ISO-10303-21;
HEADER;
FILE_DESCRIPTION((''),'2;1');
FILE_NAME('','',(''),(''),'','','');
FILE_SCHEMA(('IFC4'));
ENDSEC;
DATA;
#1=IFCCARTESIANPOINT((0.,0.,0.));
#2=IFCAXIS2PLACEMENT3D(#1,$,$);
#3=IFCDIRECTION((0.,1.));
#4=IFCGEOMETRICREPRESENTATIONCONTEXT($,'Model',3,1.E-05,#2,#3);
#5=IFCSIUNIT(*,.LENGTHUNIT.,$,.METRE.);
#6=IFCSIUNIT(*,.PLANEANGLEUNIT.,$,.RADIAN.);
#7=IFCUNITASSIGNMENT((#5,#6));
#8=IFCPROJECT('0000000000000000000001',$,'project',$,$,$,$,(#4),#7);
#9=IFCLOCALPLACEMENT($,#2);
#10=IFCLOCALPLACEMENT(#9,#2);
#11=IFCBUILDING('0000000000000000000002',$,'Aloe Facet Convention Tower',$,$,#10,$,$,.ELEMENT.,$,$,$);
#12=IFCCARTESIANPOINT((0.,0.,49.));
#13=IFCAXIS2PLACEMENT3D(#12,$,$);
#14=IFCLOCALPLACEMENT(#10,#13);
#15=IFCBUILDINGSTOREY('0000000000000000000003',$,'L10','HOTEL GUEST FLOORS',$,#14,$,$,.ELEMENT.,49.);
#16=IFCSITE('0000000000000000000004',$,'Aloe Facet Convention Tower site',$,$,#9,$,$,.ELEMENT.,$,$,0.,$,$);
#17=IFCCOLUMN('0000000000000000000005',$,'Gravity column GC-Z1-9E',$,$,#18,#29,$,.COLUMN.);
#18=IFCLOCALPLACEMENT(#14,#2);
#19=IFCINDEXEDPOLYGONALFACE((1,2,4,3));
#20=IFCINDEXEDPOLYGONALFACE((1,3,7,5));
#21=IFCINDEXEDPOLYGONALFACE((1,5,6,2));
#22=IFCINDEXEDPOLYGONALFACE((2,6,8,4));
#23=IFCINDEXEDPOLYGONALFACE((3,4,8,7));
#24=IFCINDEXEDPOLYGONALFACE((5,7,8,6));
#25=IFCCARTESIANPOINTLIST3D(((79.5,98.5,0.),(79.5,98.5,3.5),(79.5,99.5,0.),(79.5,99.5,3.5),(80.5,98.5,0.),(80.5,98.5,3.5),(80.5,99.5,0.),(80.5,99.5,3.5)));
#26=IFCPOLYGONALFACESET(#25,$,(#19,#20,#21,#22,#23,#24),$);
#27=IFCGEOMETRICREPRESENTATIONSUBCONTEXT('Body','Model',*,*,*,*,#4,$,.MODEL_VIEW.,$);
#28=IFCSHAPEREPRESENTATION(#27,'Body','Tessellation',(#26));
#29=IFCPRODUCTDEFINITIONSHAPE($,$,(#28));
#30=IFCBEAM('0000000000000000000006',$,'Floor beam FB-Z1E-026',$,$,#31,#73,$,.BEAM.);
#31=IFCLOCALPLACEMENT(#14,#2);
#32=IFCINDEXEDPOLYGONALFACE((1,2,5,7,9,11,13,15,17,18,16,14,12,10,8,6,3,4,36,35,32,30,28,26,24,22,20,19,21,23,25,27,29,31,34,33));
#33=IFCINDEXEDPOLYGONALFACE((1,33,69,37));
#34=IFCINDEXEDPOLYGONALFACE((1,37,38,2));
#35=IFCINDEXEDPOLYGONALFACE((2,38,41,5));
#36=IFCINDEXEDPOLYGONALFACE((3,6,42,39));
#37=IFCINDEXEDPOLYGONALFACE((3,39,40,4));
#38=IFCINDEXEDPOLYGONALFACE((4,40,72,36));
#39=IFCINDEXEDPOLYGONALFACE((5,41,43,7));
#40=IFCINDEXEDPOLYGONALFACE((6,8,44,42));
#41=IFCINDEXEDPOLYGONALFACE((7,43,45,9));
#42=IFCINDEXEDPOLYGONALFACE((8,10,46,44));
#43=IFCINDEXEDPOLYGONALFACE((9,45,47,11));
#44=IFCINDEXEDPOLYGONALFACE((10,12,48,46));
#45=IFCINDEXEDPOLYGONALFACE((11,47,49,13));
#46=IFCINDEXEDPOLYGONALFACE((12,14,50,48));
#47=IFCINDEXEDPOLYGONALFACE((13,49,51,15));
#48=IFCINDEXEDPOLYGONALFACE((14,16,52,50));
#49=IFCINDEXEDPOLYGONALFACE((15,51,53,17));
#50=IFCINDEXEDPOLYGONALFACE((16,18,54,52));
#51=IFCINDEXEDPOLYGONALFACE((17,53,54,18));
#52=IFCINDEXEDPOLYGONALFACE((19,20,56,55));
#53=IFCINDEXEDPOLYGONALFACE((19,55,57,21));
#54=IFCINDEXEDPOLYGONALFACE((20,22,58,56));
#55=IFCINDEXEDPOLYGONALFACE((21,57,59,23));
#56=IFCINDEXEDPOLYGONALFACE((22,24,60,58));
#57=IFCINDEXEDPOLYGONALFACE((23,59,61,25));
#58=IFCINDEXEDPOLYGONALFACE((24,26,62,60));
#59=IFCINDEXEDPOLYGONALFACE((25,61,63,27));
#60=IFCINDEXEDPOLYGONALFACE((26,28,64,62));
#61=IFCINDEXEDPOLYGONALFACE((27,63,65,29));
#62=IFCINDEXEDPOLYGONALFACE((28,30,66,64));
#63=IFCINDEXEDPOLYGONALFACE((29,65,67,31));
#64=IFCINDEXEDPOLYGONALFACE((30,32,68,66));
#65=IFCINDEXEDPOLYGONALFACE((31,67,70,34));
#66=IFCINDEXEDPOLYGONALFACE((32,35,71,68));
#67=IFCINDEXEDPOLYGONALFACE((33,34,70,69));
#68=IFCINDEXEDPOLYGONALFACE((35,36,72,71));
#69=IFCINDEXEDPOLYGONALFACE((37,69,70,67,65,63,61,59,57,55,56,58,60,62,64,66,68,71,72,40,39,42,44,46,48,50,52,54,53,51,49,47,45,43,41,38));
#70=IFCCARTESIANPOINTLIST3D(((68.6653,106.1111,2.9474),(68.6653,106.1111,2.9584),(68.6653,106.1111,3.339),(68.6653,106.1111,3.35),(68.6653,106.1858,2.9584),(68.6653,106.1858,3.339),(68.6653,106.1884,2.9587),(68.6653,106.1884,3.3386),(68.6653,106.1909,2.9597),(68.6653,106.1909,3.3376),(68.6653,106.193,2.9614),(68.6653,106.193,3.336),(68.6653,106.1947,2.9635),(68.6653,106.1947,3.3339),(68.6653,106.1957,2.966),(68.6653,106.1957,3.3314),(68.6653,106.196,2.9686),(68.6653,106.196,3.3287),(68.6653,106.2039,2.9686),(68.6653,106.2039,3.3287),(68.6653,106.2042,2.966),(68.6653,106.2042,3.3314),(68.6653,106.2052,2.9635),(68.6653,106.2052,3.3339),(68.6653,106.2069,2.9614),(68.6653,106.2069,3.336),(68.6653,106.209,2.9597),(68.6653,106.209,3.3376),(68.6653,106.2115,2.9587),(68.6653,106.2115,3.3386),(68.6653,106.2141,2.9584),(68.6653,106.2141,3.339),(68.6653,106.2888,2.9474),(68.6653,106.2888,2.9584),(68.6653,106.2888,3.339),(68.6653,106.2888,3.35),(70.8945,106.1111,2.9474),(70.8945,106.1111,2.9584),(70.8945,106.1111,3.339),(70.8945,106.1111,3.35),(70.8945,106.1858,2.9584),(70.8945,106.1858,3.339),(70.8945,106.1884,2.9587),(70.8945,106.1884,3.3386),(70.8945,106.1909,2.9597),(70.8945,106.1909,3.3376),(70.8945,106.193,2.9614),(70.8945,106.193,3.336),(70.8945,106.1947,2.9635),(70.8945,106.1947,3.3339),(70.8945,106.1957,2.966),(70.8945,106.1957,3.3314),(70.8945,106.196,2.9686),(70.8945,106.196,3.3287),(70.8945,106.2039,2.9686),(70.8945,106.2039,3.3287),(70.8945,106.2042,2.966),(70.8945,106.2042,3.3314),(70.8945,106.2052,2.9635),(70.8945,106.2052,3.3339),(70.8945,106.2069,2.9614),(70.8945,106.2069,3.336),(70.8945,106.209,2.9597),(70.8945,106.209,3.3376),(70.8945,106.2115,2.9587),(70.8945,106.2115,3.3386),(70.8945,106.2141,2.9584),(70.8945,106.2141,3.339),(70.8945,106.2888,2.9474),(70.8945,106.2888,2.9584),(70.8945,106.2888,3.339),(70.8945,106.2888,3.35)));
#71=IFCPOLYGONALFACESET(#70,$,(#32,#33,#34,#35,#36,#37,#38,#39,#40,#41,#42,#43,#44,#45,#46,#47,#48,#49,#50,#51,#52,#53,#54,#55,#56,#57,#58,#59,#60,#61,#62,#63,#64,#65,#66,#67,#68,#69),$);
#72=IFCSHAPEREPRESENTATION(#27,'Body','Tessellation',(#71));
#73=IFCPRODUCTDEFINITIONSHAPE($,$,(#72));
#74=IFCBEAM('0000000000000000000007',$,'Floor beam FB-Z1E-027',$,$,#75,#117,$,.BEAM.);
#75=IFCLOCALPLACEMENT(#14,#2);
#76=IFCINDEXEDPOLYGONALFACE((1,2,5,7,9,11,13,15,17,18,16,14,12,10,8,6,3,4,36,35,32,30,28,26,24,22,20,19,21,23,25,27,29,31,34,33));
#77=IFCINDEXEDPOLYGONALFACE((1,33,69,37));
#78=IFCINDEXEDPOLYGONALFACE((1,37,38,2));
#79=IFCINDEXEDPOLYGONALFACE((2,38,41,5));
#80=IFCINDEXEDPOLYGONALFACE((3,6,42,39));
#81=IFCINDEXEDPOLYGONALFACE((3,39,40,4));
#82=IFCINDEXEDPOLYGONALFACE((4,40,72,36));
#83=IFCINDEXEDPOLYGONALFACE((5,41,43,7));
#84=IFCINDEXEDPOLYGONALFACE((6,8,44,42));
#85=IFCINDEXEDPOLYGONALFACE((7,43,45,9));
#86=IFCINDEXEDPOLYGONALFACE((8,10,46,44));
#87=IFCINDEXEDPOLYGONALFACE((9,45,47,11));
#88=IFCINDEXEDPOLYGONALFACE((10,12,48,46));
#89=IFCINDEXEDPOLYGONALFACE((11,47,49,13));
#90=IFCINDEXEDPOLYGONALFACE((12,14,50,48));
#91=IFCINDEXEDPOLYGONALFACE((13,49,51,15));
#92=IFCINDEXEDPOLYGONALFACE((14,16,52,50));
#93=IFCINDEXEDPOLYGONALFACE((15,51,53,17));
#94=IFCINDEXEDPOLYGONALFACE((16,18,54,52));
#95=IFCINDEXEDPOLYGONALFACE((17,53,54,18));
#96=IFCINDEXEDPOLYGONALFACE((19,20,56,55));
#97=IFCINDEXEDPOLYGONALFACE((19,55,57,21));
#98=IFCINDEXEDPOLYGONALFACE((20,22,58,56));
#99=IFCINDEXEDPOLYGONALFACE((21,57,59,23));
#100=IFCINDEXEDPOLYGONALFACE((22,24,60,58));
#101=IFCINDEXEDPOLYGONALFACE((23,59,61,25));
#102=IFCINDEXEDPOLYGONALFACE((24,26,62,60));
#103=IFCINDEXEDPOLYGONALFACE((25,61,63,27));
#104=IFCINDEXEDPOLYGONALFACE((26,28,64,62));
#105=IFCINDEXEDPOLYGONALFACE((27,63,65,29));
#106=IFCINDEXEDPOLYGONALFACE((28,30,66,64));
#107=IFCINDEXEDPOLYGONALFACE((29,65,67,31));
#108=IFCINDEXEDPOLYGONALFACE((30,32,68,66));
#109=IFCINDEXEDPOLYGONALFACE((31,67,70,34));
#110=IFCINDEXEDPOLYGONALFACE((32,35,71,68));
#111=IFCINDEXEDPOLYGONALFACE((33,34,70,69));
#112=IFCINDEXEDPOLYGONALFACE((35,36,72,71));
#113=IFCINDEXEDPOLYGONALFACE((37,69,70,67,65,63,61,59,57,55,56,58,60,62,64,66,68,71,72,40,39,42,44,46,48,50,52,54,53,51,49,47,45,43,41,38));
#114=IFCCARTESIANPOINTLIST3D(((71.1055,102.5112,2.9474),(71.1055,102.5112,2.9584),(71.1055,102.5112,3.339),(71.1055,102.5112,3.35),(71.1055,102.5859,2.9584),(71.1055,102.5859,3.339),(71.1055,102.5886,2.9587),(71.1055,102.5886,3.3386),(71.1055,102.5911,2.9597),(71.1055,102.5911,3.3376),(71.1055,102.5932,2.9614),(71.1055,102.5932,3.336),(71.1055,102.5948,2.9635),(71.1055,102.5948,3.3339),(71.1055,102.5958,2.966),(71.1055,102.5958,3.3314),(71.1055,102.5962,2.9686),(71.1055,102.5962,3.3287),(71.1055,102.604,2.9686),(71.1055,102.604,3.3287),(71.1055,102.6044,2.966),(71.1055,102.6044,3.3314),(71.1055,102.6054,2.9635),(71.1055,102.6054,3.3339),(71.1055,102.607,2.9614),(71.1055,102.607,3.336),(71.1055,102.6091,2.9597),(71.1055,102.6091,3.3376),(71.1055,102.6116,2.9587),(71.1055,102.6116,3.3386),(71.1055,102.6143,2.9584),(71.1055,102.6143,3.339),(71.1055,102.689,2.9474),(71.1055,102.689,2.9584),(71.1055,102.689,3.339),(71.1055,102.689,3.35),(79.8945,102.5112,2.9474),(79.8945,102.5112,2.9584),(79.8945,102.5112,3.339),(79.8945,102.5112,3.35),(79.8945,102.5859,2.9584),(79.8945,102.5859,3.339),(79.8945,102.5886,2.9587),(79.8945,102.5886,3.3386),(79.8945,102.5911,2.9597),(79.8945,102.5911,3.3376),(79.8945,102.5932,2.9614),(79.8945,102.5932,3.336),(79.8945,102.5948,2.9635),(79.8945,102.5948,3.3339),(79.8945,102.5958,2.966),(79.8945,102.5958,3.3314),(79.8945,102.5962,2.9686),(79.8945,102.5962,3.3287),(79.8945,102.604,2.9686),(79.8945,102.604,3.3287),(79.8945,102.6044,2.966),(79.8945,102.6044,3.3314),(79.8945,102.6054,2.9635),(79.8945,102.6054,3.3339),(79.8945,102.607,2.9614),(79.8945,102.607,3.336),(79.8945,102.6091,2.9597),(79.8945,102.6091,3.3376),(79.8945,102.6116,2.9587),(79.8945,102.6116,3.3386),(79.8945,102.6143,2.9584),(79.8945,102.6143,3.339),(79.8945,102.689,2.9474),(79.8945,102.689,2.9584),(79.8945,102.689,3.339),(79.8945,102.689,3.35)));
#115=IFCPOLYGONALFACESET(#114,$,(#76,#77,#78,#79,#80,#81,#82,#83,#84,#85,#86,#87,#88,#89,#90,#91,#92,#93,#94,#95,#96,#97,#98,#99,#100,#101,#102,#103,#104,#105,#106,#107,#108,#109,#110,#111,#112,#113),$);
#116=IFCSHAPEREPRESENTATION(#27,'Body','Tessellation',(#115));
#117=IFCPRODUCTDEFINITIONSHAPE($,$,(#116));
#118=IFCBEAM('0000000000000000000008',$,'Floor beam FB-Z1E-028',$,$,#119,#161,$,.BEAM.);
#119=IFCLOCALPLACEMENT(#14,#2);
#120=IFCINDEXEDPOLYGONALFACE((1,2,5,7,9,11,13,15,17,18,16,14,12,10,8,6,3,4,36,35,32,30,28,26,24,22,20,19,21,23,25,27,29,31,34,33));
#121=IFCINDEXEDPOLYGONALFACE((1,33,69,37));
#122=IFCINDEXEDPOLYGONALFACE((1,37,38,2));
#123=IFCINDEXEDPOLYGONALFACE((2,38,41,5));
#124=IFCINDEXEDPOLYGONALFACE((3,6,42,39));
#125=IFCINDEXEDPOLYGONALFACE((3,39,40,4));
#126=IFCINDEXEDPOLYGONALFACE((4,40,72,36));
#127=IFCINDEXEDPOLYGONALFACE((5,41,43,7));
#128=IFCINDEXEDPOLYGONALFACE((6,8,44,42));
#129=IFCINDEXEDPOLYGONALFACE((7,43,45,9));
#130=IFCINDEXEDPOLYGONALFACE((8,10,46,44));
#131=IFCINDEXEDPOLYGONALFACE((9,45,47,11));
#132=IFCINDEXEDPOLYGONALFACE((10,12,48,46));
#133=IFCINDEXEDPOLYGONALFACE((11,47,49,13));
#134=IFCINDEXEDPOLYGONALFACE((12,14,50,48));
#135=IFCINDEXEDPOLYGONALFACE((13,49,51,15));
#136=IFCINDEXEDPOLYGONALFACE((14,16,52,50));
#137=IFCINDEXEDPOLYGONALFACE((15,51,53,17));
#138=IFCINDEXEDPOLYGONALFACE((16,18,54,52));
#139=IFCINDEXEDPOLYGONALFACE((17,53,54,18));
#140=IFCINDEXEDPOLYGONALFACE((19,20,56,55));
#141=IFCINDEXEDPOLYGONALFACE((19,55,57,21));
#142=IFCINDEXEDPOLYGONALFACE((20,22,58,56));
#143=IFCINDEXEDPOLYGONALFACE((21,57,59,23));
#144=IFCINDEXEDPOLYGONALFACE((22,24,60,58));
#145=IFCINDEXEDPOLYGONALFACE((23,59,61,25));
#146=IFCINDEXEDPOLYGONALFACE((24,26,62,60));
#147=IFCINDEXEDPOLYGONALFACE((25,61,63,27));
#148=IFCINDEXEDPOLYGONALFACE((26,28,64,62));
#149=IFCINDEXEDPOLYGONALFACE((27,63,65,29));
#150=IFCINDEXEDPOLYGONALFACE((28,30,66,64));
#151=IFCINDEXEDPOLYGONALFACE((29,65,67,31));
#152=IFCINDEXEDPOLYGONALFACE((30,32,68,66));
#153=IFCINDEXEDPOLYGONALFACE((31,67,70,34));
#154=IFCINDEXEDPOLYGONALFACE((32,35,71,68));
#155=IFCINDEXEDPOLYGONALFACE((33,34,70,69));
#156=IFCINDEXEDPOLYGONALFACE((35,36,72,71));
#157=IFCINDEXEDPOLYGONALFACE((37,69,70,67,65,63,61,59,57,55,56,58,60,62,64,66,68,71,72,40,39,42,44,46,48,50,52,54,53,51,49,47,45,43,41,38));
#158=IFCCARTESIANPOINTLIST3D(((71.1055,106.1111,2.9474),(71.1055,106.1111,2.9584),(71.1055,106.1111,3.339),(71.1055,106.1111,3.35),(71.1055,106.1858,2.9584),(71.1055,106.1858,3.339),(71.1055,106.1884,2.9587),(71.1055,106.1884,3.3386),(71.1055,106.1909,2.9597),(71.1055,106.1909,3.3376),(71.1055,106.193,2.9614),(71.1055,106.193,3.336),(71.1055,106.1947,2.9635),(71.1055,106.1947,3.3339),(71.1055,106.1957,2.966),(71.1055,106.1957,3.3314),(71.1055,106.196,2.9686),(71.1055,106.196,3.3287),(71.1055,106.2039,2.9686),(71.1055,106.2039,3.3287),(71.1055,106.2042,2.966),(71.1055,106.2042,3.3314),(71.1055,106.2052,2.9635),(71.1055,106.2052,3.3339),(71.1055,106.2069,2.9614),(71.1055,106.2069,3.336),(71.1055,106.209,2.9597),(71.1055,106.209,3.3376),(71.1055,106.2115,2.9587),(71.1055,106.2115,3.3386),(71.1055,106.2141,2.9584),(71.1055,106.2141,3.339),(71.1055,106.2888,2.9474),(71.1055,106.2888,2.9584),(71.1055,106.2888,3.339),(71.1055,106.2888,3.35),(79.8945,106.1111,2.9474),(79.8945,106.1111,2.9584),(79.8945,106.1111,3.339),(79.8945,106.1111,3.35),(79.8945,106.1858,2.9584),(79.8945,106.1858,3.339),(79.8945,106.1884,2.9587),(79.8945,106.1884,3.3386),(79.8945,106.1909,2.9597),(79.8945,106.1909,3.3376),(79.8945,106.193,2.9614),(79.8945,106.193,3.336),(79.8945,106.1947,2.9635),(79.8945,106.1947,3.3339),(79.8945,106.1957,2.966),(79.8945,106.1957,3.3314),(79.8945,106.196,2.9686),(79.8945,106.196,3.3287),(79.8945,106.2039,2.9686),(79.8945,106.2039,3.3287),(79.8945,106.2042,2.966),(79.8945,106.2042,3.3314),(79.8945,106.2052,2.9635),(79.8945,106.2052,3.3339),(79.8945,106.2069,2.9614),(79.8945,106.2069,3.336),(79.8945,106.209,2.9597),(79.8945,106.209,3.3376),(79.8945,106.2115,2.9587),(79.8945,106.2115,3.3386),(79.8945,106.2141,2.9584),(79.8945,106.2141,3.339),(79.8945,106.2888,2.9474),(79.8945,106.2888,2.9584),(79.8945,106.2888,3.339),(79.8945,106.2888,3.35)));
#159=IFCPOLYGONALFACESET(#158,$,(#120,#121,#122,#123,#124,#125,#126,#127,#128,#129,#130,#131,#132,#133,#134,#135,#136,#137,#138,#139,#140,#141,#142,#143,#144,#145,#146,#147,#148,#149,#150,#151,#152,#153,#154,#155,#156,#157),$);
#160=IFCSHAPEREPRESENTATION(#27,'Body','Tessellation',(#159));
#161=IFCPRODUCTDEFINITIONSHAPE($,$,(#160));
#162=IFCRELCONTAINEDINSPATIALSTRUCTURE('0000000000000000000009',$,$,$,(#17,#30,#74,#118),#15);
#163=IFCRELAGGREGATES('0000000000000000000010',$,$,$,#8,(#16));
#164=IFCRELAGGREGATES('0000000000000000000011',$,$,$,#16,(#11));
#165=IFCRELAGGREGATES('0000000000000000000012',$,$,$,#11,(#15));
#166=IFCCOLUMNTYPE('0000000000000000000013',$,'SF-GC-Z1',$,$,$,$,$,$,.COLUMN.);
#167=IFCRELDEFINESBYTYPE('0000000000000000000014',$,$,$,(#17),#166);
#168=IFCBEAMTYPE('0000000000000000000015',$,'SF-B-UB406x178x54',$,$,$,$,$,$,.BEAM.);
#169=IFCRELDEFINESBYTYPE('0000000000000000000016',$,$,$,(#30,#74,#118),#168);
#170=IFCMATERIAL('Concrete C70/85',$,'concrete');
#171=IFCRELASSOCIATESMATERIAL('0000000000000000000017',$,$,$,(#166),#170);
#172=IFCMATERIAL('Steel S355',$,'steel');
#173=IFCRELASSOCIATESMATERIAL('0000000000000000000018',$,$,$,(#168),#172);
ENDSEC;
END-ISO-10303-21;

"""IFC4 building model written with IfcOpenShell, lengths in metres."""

from ifc_helpers import new_model, si_unit, direction, frame, origin, origin_2d, place, context, subcontext, project, spatial, rectangle, i_section, extrude, material, material_profile, profile_set, type_object, element, save


model = new_model("IFC4")

# Units and contexts
model_context = context("Model", 3, precision=1e-05, world=origin(), true_north=direction((0.0, 1.0)))
body_context = subcontext(model_context, "Body", "Model", "MODEL_VIEW")
ifc_project = project(units=[si_unit("LENGTHUNIT", "METRE"), si_unit("PLANEANGLEUNIT", "RADIAN")], contexts=[model_context])

# Site, building, storey
site_placement = place(None, origin())
site = spatial("IfcSite", under=ifc_project, at=site_placement, Name="Aloe Facet Convention Tower site", CompositionType="ELEMENT", RefElevation=0.0)
building_placement = place(site_placement, origin())
building = spatial("IfcBuilding", under=site, at=building_placement, Name="Aloe Facet Convention Tower", CompositionType="ELEMENT")
storey_placement = place(building_placement, frame((0.0, 0.0, 49.0)))
storey = spatial("IfcBuildingStorey", under=building, at=storey_placement, Name="L10", Description="HOTEL GUEST FLOORS", CompositionType="ELEMENT", Elevation=49.0)

# Column
ifc_material_1 = material(Name="Concrete C70/85", Category="concrete")
ifc_material_profile_1 = material_profile(ifc_material_1, rectangle(XDim=1.0, YDim=1.0, at=origin_2d()), Name="SF-GC-Z1")
ifc_profile_set_1 = profile_set([ifc_material_profile_1], Name="Concrete C70/85")
column_type = type_object("IfcColumnType", Name="SF-GC-Z1", PredefinedType="COLUMN", material=ifc_profile_set_1)
column_placement = place(storey_placement, frame((80.0, 99.0, 0.0), z_axis=(0.0, 0.0, 1.0), x_axis=(1.0, 0.0, 0.0)))
element("IfcColumn", 1, at=column_placement, inside=storey, type_object=column_type, Name="Gravity column GC-Z1-9E", PredefinedType="COLUMN", context=body_context, shape_type="SweptSolid", body=[
    extrude(rectangle(XDim=1.0, YDim=1.0, at=origin_2d()), origin(), (0.0, 0.0, 1.0), 3.5),
])

# Beams
ifc_material_2 = material(Name="Steel S355", Category="steel")
ifc_material_profile_2 = material_profile(ifc_material_2, i_section(OverallWidth=0.1777, OverallDepth=0.4026, WebThickness=0.0078, FlangeThickness=0.011, FilletRadius=0.0103, at=origin_2d()), Name="UB 406x178x54")
ifc_profile_set_2 = profile_set([ifc_material_profile_2], Name="Steel S355")
beam_type_1 = type_object("IfcBeamType", Name="SF-B-UB406x178x54", PredefinedType="BEAM", material=ifc_profile_set_2)
beam_1_placement = place(storey_placement, frame((68.6653, 106.2, 3.1487), z_axis=(1.0, 0.0, 0.0), x_axis=(0.0, 1.0, 0.0)))
element("IfcBeam", 2, at=beam_1_placement, inside=storey, type_object=beam_type_1, Name="Floor beam FB-Z1E-026", PredefinedType="BEAM", context=body_context, shape_type="SweptSolid", body=[
    extrude(i_section(OverallWidth=0.1777, OverallDepth=0.4026, WebThickness=0.0078, FlangeThickness=0.011, FilletRadius=0.0103, at=origin_2d()), origin(), (0.0, 0.0, 1.0), 2.2292),
])
for number, where, z_axis, x_axis, name in (
    (3, (71.1055, 102.6001, 3.1487), (1.0, 0.0, 0.0), (0.0, 1.0, 0.0), "Floor beam FB-Z1E-027"),
    (4, (71.1055, 106.2, 3.1487), (1.0, 0.0, 0.0), (0.0, 1.0, 0.0), "Floor beam FB-Z1E-028"),
):
    element("IfcBeam", number, at=place(storey_placement, frame(where, z_axis=z_axis, x_axis=x_axis)), inside=storey, type_object=beam_type_1, Name=name, PredefinedType="BEAM", context=body_context, shape_type="SweptSolid", body=[
        extrude(i_section(OverallWidth=0.1777, OverallDepth=0.4026, WebThickness=0.0078, FlangeThickness=0.011, FilletRadius=0.0103, at=origin_2d()), origin(), (0.0, 0.0, 1.0), 8.7891),
    ])

save(model, "model.ifc")
